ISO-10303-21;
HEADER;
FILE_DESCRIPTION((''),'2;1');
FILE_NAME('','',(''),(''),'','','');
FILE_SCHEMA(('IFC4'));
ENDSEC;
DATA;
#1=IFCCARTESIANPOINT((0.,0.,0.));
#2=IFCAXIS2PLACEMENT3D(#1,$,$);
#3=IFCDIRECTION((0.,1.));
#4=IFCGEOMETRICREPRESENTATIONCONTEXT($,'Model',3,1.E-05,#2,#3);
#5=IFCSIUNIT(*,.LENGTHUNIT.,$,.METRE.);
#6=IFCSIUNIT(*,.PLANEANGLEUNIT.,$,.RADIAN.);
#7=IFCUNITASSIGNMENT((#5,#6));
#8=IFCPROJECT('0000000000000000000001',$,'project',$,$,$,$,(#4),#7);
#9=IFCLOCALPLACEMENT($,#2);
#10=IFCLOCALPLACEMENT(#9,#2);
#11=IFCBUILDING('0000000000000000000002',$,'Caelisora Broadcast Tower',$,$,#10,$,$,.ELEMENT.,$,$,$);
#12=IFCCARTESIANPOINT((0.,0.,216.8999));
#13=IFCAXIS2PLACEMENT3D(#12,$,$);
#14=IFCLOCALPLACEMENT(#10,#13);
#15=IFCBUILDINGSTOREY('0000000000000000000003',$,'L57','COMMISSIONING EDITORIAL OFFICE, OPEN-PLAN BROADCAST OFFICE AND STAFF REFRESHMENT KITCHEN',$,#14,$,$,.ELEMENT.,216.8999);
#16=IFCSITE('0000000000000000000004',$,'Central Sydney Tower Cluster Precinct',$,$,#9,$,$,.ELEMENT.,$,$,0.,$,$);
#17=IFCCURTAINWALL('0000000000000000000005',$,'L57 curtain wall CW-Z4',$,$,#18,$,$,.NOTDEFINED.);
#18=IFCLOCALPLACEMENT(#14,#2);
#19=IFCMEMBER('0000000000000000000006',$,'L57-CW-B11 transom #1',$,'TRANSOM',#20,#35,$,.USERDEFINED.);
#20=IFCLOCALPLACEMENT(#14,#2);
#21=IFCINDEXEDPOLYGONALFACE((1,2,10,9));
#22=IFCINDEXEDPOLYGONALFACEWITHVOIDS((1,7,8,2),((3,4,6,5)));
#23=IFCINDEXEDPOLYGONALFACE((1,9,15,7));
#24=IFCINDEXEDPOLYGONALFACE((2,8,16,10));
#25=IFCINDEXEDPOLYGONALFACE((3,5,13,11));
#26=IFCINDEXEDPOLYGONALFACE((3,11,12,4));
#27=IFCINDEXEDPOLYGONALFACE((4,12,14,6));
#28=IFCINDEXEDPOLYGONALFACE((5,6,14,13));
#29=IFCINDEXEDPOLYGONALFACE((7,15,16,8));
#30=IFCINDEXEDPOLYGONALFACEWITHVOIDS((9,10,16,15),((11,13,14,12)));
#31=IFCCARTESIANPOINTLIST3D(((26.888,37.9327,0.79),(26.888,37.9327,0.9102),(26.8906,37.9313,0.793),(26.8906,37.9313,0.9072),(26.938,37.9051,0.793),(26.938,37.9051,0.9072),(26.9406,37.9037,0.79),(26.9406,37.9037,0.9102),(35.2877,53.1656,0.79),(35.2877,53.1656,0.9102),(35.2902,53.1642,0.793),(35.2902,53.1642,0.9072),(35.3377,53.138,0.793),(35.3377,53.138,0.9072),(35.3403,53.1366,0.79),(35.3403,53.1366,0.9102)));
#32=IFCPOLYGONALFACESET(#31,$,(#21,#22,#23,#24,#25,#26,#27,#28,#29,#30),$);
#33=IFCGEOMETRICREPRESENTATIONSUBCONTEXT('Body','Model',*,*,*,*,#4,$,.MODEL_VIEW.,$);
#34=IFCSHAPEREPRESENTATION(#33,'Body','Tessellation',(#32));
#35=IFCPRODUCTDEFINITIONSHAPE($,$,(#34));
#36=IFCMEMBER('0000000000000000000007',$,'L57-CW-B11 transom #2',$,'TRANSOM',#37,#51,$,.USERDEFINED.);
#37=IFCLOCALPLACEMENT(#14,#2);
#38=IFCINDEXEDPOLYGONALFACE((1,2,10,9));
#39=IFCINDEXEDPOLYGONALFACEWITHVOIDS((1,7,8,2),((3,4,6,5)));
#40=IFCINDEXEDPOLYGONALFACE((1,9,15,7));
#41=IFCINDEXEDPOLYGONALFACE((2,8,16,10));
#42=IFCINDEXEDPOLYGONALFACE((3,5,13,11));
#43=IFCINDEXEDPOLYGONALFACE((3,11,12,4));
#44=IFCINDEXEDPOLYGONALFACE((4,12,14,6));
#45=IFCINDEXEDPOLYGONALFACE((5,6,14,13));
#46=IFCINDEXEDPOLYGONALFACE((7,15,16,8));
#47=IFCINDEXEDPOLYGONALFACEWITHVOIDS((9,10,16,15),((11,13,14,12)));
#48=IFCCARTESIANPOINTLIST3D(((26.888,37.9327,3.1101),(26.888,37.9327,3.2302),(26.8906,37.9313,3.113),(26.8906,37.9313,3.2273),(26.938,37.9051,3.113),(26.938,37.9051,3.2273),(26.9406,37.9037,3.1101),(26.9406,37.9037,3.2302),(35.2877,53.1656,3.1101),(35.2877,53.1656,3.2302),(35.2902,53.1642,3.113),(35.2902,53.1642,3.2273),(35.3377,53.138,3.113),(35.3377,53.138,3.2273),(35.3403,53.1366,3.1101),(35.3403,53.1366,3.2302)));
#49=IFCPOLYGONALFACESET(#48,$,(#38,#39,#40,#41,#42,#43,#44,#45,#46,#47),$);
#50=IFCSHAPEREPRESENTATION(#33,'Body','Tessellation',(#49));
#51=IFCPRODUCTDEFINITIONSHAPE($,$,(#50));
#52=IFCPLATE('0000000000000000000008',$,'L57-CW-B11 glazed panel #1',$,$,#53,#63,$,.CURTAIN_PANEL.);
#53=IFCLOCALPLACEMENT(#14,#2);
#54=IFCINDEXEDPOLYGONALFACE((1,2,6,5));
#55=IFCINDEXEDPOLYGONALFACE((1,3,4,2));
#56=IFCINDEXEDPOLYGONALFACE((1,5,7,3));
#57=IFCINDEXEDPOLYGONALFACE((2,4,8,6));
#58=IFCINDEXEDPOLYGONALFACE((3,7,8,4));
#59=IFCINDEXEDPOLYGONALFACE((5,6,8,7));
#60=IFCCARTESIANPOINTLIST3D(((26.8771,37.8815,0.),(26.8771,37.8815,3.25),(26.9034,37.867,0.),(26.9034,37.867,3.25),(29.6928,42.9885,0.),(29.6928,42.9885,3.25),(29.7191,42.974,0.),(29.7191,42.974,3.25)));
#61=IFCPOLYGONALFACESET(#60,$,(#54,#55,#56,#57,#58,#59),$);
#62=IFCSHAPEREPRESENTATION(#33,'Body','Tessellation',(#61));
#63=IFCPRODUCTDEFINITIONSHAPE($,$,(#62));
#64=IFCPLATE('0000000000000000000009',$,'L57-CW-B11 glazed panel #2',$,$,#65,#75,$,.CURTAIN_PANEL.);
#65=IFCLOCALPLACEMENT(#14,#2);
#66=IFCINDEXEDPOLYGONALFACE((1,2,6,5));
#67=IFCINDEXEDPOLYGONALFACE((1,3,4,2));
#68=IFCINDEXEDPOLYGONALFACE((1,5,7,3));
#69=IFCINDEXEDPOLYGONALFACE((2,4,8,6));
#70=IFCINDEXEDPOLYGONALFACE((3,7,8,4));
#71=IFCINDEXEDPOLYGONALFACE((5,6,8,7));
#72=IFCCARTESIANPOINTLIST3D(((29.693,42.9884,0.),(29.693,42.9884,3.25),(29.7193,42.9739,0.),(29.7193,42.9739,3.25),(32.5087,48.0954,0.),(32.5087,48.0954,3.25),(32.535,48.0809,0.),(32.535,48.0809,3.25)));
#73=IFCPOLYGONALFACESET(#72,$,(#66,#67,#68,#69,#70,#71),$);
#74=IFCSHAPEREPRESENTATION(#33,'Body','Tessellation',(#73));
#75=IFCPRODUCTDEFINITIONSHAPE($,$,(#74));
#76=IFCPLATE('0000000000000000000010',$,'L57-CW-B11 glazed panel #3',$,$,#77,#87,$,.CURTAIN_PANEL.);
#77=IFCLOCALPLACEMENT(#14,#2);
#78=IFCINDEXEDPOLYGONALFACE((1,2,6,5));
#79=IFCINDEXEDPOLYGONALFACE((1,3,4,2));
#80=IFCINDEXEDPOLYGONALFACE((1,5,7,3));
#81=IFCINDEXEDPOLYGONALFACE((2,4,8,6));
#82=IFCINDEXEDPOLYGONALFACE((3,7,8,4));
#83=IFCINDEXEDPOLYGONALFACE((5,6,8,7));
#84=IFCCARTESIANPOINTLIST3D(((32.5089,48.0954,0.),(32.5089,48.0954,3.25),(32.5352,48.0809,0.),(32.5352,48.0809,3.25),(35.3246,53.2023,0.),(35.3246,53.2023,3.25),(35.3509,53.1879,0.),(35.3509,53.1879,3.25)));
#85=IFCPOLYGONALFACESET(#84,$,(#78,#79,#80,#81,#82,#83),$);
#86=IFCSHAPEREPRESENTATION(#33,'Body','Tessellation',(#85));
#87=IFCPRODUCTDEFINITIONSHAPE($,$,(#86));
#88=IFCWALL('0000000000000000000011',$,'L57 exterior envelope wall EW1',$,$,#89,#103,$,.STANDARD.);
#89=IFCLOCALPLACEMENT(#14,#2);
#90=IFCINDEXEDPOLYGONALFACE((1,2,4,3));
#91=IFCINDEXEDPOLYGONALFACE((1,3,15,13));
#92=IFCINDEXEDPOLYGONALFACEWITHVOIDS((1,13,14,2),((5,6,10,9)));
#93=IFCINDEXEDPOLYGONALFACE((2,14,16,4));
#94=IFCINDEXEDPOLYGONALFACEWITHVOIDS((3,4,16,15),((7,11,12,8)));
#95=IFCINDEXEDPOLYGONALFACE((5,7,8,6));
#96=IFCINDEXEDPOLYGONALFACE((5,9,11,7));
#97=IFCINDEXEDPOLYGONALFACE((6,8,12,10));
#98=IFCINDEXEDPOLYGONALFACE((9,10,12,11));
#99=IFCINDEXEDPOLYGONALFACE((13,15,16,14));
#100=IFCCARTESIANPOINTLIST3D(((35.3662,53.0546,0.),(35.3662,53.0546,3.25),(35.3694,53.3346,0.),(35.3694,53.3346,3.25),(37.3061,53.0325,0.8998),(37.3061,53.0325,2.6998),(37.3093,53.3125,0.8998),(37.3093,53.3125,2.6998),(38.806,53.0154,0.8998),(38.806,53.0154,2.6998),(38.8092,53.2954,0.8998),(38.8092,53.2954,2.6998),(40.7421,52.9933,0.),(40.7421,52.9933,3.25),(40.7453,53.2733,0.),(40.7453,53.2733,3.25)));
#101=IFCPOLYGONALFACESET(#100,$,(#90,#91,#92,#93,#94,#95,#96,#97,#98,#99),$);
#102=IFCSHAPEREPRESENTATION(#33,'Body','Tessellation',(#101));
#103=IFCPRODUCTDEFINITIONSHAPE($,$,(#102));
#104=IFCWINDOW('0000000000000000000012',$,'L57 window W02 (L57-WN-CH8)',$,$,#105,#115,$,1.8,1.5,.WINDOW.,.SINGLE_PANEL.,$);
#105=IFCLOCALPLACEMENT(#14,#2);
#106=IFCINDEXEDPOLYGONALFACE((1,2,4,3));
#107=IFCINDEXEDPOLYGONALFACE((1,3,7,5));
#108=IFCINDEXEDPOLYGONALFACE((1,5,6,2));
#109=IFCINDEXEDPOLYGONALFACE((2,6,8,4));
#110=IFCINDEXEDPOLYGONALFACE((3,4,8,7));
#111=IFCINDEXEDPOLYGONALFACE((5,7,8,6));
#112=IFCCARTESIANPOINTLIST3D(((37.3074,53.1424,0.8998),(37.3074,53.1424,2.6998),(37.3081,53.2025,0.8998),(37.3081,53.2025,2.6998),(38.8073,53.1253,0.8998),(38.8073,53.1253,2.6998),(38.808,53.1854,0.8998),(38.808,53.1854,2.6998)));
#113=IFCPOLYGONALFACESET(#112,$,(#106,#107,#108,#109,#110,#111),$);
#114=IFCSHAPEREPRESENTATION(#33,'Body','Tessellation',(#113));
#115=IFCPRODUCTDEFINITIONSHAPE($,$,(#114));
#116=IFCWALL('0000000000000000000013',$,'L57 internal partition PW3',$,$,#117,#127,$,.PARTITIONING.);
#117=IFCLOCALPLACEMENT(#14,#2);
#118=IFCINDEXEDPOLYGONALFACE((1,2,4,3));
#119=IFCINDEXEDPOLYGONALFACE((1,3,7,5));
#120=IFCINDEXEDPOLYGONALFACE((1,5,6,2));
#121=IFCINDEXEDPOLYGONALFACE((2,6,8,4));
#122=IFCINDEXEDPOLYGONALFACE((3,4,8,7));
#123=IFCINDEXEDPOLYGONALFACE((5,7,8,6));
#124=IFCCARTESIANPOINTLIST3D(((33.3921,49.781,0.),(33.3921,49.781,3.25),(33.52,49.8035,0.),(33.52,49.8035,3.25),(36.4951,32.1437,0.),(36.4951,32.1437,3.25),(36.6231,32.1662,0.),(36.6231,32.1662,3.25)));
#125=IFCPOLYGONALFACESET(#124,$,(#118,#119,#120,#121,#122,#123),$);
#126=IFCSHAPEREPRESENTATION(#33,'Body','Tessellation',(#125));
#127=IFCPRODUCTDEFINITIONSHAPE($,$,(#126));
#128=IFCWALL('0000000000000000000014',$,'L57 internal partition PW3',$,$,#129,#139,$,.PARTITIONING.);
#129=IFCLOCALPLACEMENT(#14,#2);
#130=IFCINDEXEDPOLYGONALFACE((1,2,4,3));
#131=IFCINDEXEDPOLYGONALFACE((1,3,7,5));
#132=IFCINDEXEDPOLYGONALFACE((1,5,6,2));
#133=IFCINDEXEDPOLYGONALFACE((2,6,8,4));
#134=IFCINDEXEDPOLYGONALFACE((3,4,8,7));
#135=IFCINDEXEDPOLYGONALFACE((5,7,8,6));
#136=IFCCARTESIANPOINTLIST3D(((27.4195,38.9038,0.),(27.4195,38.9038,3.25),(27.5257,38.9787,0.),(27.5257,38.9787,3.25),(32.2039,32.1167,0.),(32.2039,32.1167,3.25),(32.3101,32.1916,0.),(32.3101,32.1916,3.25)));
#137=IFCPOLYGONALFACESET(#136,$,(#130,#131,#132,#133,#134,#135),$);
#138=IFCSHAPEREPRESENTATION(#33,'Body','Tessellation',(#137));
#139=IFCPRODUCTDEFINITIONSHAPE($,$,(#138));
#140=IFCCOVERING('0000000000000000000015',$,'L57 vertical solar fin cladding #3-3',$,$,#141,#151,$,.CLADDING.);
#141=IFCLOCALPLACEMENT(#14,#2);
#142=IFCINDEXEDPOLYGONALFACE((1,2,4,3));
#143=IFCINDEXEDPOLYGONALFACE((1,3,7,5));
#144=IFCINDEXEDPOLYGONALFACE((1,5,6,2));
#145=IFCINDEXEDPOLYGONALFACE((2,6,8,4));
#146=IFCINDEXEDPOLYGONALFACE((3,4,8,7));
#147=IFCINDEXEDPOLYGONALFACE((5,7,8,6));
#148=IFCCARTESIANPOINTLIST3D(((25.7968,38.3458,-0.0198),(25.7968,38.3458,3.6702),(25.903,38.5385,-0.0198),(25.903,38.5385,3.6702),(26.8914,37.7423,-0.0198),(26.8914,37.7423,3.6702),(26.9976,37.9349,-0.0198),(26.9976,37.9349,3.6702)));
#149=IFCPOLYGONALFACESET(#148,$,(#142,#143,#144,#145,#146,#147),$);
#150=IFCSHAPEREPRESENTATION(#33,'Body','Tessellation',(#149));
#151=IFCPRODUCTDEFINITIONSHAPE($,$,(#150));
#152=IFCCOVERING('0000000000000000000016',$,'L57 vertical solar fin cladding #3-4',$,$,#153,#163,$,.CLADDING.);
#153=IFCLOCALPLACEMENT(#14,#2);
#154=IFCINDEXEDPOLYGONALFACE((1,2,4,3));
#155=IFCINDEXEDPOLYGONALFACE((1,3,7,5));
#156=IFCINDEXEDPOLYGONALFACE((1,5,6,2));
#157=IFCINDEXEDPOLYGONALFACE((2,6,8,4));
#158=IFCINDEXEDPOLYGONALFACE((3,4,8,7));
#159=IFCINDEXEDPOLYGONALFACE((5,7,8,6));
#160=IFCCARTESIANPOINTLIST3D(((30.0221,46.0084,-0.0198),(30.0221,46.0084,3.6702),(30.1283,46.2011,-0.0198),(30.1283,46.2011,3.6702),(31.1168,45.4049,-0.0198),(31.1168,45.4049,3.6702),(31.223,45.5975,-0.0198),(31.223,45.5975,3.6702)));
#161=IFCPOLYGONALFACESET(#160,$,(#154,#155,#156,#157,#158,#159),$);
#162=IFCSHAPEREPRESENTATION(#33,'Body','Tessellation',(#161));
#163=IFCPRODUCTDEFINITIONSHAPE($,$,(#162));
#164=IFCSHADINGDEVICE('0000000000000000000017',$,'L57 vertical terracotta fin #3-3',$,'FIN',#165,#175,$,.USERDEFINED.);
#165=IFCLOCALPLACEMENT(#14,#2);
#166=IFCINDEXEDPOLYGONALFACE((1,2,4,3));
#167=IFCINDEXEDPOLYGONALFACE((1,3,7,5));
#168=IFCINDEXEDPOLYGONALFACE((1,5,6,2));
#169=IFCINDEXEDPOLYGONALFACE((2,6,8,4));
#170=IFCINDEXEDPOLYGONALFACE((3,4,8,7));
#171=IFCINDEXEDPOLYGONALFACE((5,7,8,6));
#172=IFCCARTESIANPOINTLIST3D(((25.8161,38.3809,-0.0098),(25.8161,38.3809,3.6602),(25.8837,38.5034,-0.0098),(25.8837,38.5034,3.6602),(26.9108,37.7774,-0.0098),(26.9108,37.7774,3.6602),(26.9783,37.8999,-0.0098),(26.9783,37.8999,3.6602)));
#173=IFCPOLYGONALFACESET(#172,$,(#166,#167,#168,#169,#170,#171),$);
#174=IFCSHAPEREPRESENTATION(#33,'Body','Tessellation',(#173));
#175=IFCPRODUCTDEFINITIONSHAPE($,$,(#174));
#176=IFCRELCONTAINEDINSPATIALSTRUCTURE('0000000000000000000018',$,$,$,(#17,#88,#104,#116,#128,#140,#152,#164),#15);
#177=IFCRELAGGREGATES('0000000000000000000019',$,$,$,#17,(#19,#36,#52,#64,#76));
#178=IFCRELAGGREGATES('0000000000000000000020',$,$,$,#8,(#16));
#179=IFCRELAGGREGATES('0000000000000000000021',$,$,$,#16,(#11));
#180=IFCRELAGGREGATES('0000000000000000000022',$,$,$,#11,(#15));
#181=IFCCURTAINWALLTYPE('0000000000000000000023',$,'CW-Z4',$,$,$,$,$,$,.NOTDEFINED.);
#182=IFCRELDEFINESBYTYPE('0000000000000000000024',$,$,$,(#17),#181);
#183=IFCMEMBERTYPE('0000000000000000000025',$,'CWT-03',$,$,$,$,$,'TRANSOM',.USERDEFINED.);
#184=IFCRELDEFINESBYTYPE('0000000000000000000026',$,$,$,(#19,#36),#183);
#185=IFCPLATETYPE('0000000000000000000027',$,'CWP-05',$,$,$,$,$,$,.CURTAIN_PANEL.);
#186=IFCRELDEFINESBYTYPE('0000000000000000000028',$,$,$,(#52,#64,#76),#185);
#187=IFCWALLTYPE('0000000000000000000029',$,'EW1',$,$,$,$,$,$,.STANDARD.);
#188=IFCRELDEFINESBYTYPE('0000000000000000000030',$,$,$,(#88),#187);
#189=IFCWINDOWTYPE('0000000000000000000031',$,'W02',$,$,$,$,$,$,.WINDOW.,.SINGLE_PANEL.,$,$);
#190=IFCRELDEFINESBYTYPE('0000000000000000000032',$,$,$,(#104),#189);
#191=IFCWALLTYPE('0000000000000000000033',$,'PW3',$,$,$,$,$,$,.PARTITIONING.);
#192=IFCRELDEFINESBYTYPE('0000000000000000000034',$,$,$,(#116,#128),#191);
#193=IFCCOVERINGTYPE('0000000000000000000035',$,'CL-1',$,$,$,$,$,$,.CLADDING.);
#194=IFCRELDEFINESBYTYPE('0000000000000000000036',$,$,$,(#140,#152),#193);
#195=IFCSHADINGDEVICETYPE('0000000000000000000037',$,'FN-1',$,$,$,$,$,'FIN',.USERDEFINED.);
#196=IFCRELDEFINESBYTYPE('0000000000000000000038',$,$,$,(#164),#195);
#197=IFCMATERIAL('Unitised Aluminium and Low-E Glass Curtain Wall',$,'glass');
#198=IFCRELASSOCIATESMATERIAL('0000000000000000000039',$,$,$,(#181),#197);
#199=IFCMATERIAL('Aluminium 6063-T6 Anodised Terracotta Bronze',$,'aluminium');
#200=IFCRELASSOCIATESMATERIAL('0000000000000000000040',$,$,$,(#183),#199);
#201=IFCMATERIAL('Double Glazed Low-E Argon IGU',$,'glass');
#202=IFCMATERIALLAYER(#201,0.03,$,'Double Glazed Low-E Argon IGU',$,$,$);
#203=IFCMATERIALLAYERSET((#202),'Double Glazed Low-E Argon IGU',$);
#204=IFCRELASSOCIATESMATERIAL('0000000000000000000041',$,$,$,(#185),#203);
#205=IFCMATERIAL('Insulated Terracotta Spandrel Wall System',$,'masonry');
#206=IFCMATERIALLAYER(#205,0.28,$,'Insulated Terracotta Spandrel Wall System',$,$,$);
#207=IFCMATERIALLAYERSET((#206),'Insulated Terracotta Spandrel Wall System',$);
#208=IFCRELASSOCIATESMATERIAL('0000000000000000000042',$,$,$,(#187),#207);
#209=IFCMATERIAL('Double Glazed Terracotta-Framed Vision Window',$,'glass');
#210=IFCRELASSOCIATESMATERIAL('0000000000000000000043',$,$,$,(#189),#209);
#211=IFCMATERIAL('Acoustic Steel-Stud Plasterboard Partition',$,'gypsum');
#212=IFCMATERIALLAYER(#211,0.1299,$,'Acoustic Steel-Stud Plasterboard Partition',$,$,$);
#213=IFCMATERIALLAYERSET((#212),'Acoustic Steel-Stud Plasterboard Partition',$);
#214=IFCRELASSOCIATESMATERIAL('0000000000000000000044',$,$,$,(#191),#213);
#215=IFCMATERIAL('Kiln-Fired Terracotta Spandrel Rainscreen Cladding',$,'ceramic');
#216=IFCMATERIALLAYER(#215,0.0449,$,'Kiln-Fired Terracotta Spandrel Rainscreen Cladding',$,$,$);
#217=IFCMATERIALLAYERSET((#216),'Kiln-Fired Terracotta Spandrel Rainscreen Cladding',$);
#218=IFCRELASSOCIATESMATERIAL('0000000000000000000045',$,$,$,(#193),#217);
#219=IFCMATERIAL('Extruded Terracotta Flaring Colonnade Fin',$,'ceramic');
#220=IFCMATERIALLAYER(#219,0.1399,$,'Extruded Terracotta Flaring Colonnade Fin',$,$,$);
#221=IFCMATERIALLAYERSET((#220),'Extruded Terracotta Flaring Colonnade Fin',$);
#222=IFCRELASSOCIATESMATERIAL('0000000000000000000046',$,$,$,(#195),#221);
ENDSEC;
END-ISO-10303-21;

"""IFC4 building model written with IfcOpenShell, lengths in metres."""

from ifc_helpers import new_model, si_unit, direction, frame, frame_2d, origin, origin_2d, place, context, subcontext, project, spatial, rectangle, hollow_rectangle, extrude, source, transform, mapped, material, layer, layer_set, material_profile, profile_set, type_object, type_shapes, element, fill, aggregate, save


model = new_model("IFC4")

# Units and contexts
model_context = context("Model", 3, precision=1e-05, world=origin(), true_north=direction((0.0, 1.0)))
body_context = subcontext(model_context, "Body", "Model", "MODEL_VIEW")
ifc_project = project(units=[si_unit("LENGTHUNIT", "METRE"), si_unit("PLANEANGLEUNIT", "RADIAN")], contexts=[model_context])

# Site, building, storey
site_placement = place(None, origin())
site = spatial("IfcSite", under=ifc_project, at=site_placement, Name="Central Sydney Tower Cluster Precinct", CompositionType="ELEMENT", RefElevation=0.0)
building_placement = place(site_placement, origin())
building = spatial("IfcBuilding", under=site, at=building_placement, Name="Caelisora Broadcast Tower", CompositionType="ELEMENT")
storey_placement = place(building_placement, frame((0.0, 0.0, 216.8999)))
storey = spatial("IfcBuildingStorey", under=building, at=storey_placement, Name="L57", Description="COMMISSIONING EDITORIAL OFFICE, OPEN-PLAN BROADCAST OFFICE AND STAFF REFRESHMENT KITCHEN", CompositionType="ELEMENT", Elevation=216.8999)

# Curtain wall, members, plates
ifc_material_1 = material(Name="Unitised Aluminium and Low-E Glass Curtain Wall", Category="glass")
curtain_wall_type = type_object("IfcCurtainWallType", Name="CW-Z4", PredefinedType="NOTDEFINED", material=ifc_material_1)
curtain_wall_placement = place(storey_placement, origin())
curtain_wall = element("IfcCurtainWall", 1, at=curtain_wall_placement, inside=storey, type_object=curtain_wall_type, Name="L57 curtain wall CW-Z4", PredefinedType="NOTDEFINED")
ifc_material_2 = material(Name="Aluminium 6063-T6 Anodised Terracotta Bronze", Category="aluminium")
ifc_material_profile_1 = material_profile(ifc_material_2, hollow_rectangle(XDim=0.0601, YDim=0.1201, WallThickness=0.0029, at=origin_2d()), Name="Aluminium 6063-T6 Anodised Terracotta Bronze")
ifc_profile_set_1 = profile_set([ifc_material_profile_1], Name="Aluminium 6063-T6 Anodised Terracotta Bronze")
member_type_1 = type_object("IfcMemberType", Name="CWT-03", ElementType="TRANSOM", PredefinedType="USERDEFINED", material=ifc_profile_set_1)
shared_shape_1 = source(origin(), body_context, "Body", "SweptSolid", [
    extrude(hollow_rectangle(XDim=0.0601, YDim=0.1201, WallThickness=0.0029, at=origin_2d()), origin(), (0.0, 0.0, 1.0), 17.3953),
])
type_shapes(member_type_1, [shared_shape_1])
member_1_placement = place(storey_placement, frame((26.9143, 37.9182, 0.8501), z_axis=(0.48287, 0.875692, 0.0), x_axis=(-0.875692, 0.48287, 0.0)))
member_1 = element("IfcMember", 2, at=member_1_placement, type_object=member_type_1, Name="L57-CW-B11 transom #1", ObjectType="TRANSOM", PredefinedType="USERDEFINED", context=body_context, shape_type="MappedRepresentation", body=[
    mapped(shared_shape_1, transform((0.0, 0.0, 0.0), scale=1.0)),
])
member_2_placement = place(storey_placement, frame((26.9143, 37.9182, 3.1702), z_axis=(0.48287, 0.875692, 0.0), x_axis=(-0.875692, 0.48287, 0.0)))
member_2 = element("IfcMember", 3, at=member_2_placement, type_object=member_type_1, Name="L57-CW-B11 transom #2", ObjectType="TRANSOM", PredefinedType="USERDEFINED", context=body_context, shape_type="MappedRepresentation", body=[
    mapped(shared_shape_1, transform((0.0, 0.0, 0.0), scale=1.0)),
])
ifc_material_3 = material(Name="Double Glazed Low-E Argon IGU", Category="glass")
ifc_layer_1 = layer(ifc_material_3, 0.03, Name="Double Glazed Low-E Argon IGU")
ifc_layer_set_1 = layer_set([ifc_layer_1], Name="Double Glazed Low-E Argon IGU")
plate_type = type_object("IfcPlateType", Name="CWP-05", PredefinedType="CURTAIN_PANEL", material=ifc_layer_set_1)
shared_shape_2 = source(origin(), body_context, "Body", "SweptSolid", [
    extrude(rectangle(XDim=5.8318, YDim=0.03, at=origin_2d()), origin(), (0.0, 0.0, 1.0), 3.25),
])
type_shapes(plate_type, [shared_shape_2])
plate_1_placement = place(storey_placement, frame((28.2981, 40.4277, 0.0), z_axis=(0.0, 0.0, 1.0), x_axis=(0.482824, 0.875717, 0.0)))
plate_1 = element("IfcPlate", 4, at=plate_1_placement, type_object=plate_type, Name="L57-CW-B11 glazed panel #1", PredefinedType="CURTAIN_PANEL", context=body_context, shape_type="MappedRepresentation", body=[
    mapped(shared_shape_2, transform((0.0, 0.0, 0.0), scale=1.0)),
])
plate_2_placement = place(storey_placement, frame((31.114, 45.5347, 0.0), z_axis=(0.0, 0.0, 1.0), x_axis=(0.482824, 0.875717, 0.0)))
plate_2 = element("IfcPlate", 5, at=plate_2_placement, type_object=plate_type, Name="L57-CW-B11 glazed panel #2", PredefinedType="CURTAIN_PANEL", context=body_context, shape_type="MappedRepresentation", body=[
    mapped(shared_shape_2, transform((0.0, 0.0, 0.0), scale=1.0)),
])
plate_3_placement = place(storey_placement, frame((33.9299, 50.6416, 0.0), z_axis=(0.0, 0.0, 1.0), x_axis=(0.482824, 0.875717, 0.0)))
plate_3 = element("IfcPlate", 6, at=plate_3_placement, type_object=plate_type, Name="L57-CW-B11 glazed panel #3", PredefinedType="CURTAIN_PANEL", context=body_context, shape_type="MappedRepresentation", body=[
    mapped(shared_shape_2, transform((0.0, 0.0, 0.0), scale=1.0)),
])
aggregate(curtain_wall, [member_1, member_2, plate_1, plate_2, plate_3])

# Wall, opening, window
ifc_material_4 = material(Name="Insulated Terracotta Spandrel Wall System", Category="masonry")
ifc_layer_2 = layer(ifc_material_4, 0.28, Name="Insulated Terracotta Spandrel Wall System")
ifc_layer_set_2 = layer_set([ifc_layer_2], Name="Insulated Terracotta Spandrel Wall System")
wall_type_1 = type_object("IfcWallType", Name="EW1", PredefinedType="STANDARD", material=ifc_layer_set_2)
wall_1_placement = place(storey_placement, frame((35.3679, 53.1946, 0.0), z_axis=(0.0, 0.0, 1.0), x_axis=(0.999935, -0.011398, 0.0)))
wall_1 = element("IfcWall", 7, at=wall_1_placement, inside=storey, type_object=wall_type_1, Name="L57 exterior envelope wall EW1", PredefinedType="STANDARD", context=body_context, shape_type="SweptSolid", body=[
    extrude(rectangle(XDim=5.3762, YDim=0.28, at=frame_2d((2.688, 0.0))), origin(), (0.0, 0.0, 1.0), 3.25),
])
opening_placement = place(wall_1_placement, frame((1.9399, 0.0, 0.8999)))
opening = element("IfcOpeningElement", 8, at=opening_placement, cuts=wall_1, PredefinedType="OPENING", context=body_context, shape_type="SweptSolid", body=[
    extrude(rectangle(XDim=1.5, YDim=1.8, at=frame_2d((0.75, 0.8999))), frame((0.0, 0.1521, 0.0), z_axis=(0.0, -1.0, 0.0), x_axis=(1.0, 0.0, 0.0)), (0.0, 0.0, 1.0), 0.304),
])
ifc_material_5 = material(Name="Double Glazed Terracotta-Framed Vision Window", Category="glass")
window_type = type_object("IfcWindowType", Name="W02", PartitioningType="SINGLE_PANEL", PredefinedType="WINDOW", material=ifc_material_5)
window_placement = place(opening_placement, origin())
window = element("IfcWindow", 9, at=window_placement, inside=storey, type_object=window_type, Name="L57 window W02 (L57-WN-CH8)", OverallHeight=1.8, OverallWidth=1.5, PartitioningType="SINGLE_PANEL", PredefinedType="WINDOW", context=body_context, shape_type="SweptSolid", body=[
    extrude(rectangle(XDim=1.5, YDim=1.8, at=frame_2d((0.75, 0.8999))), frame((0.0, 0.03, 0.0), z_axis=(0.0, -1.0, 0.0), x_axis=(1.0, 0.0, 0.0)), (0.0, 0.0, 1.0), 0.0601),
])
fill(opening, window)

# Walls
ifc_material_6 = material(Name="Acoustic Steel-Stud Plasterboard Partition", Category="gypsum")
ifc_layer_3 = layer(ifc_material_6, 0.1299, Name="Acoustic Steel-Stud Plasterboard Partition")
ifc_layer_set_3 = layer_set([ifc_layer_3], Name="Acoustic Steel-Stud Plasterboard Partition")
wall_type_2 = type_object("IfcWallType", Name="PW3", PredefinedType="PARTITIONING", material=ifc_layer_set_3)
wall_2_placement = place(storey_placement, frame((33.4561, 49.7922, 0.0), z_axis=(0.0, 0.0, 1.0), x_axis=(0.173275, -0.984873, 0.0)))
element("IfcWall", 10, at=wall_2_placement, inside=storey, type_object=wall_type_2, Name="L57 internal partition PW3", PredefinedType="PARTITIONING", context=body_context, shape_type="SweptSolid", body=[
    extrude(rectangle(XDim=17.9082, YDim=0.1299, at=frame_2d((8.9541, 0.0))), origin(), (0.0, 0.0, 1.0), 3.25),
])
wall_3_placement = place(storey_placement, frame((27.4727, 38.9412, 0.0), z_axis=(0.0, 0.0, 1.0), x_axis=(0.576162, -0.817335, 0.0)))
element("IfcWall", 11, at=wall_3_placement, inside=storey, type_object=wall_type_2, Name="L57 internal partition PW3", PredefinedType="PARTITIONING", context=body_context, shape_type="SweptSolid", body=[
    extrude(rectangle(XDim=8.304, YDim=0.1299, at=frame_2d((4.1519, 0.0))), origin(), (0.0, 0.0, 1.0), 3.25),
])

# Coverings
ifc_material_7 = material(Name="Kiln-Fired Terracotta Spandrel Rainscreen Cladding", Category="ceramic")
ifc_layer_4 = layer(ifc_material_7, 0.0449, Name="Kiln-Fired Terracotta Spandrel Rainscreen Cladding")
ifc_layer_set_4 = layer_set([ifc_layer_4], Name="Kiln-Fired Terracotta Spandrel Rainscreen Cladding")
covering_type = type_object("IfcCoveringType", Name="CL-1", PredefinedType="CLADDING", material=ifc_layer_set_4)
shared_shape_3 = source(origin(), body_context, "Body", "SweptSolid", [
    extrude(rectangle(XDim=0.22, YDim=1.25, at=origin_2d()), origin(), (0.0, 0.0, 1.0), 3.6899),
])
type_shapes(covering_type, [shared_shape_3])
for number, where, z_axis, x_axis, name in (
    (12, (26.3972, 38.1404, -0.0198), (0.0, 0.0, 1.0), (0.482824, 0.875717, 0.0), "L57 vertical solar fin cladding #3-3"),
    (13, (30.6226, 45.803, -0.0198), (0.0, 0.0, 1.0), (0.482824, 0.875717, 0.0), "L57 vertical solar fin cladding #3-4"),
):
    element("IfcCovering", number, at=place(storey_placement, frame(where, z_axis=z_axis, x_axis=x_axis)), inside=storey, type_object=covering_type, Name=name, PredefinedType="CLADDING", context=body_context, shape_type="MappedRepresentation", body=[
        mapped(shared_shape_3, transform((0.0, 0.0, 0.0), scale=1.0)),
    ])

# Shading device
ifc_material_8 = material(Name="Extruded Terracotta Flaring Colonnade Fin", Category="ceramic")
ifc_layer_5 = layer(ifc_material_8, 0.1399, Name="Extruded Terracotta Flaring Colonnade Fin")
ifc_layer_set_5 = layer_set([ifc_layer_5], Name="Extruded Terracotta Flaring Colonnade Fin")
shading_device_type = type_object("IfcShadingDeviceType", Name="FN-1", ElementType="FIN", PredefinedType="USERDEFINED", material=ifc_layer_set_5)
shared_shape_4 = source(origin(), body_context, "Body", "SweptSolid", [
    extrude(rectangle(XDim=0.1399, YDim=1.25, at=origin_2d()), origin(), (0.0, 0.0, 1.0), 3.6699),
])
type_shapes(shading_device_type, [shared_shape_4])
for number, where, z_axis, x_axis, name in (
    (14, (26.3972, 38.1404, -0.0098), (0.0, 0.0, 1.0), (0.482824, 0.875717, 0.0), "L57 vertical terracotta fin #3-3"),
):
    element("IfcShadingDevice", number, at=place(storey_placement, frame(where, z_axis=z_axis, x_axis=x_axis)), inside=storey, type_object=shading_device_type, Name=name, ObjectType="FIN", PredefinedType="USERDEFINED", context=body_context, shape_type="MappedRepresentation", body=[
        mapped(shared_shape_4, transform((0.0, 0.0, 0.0), scale=1.0)),
    ])

save(model, "model.ifc")
